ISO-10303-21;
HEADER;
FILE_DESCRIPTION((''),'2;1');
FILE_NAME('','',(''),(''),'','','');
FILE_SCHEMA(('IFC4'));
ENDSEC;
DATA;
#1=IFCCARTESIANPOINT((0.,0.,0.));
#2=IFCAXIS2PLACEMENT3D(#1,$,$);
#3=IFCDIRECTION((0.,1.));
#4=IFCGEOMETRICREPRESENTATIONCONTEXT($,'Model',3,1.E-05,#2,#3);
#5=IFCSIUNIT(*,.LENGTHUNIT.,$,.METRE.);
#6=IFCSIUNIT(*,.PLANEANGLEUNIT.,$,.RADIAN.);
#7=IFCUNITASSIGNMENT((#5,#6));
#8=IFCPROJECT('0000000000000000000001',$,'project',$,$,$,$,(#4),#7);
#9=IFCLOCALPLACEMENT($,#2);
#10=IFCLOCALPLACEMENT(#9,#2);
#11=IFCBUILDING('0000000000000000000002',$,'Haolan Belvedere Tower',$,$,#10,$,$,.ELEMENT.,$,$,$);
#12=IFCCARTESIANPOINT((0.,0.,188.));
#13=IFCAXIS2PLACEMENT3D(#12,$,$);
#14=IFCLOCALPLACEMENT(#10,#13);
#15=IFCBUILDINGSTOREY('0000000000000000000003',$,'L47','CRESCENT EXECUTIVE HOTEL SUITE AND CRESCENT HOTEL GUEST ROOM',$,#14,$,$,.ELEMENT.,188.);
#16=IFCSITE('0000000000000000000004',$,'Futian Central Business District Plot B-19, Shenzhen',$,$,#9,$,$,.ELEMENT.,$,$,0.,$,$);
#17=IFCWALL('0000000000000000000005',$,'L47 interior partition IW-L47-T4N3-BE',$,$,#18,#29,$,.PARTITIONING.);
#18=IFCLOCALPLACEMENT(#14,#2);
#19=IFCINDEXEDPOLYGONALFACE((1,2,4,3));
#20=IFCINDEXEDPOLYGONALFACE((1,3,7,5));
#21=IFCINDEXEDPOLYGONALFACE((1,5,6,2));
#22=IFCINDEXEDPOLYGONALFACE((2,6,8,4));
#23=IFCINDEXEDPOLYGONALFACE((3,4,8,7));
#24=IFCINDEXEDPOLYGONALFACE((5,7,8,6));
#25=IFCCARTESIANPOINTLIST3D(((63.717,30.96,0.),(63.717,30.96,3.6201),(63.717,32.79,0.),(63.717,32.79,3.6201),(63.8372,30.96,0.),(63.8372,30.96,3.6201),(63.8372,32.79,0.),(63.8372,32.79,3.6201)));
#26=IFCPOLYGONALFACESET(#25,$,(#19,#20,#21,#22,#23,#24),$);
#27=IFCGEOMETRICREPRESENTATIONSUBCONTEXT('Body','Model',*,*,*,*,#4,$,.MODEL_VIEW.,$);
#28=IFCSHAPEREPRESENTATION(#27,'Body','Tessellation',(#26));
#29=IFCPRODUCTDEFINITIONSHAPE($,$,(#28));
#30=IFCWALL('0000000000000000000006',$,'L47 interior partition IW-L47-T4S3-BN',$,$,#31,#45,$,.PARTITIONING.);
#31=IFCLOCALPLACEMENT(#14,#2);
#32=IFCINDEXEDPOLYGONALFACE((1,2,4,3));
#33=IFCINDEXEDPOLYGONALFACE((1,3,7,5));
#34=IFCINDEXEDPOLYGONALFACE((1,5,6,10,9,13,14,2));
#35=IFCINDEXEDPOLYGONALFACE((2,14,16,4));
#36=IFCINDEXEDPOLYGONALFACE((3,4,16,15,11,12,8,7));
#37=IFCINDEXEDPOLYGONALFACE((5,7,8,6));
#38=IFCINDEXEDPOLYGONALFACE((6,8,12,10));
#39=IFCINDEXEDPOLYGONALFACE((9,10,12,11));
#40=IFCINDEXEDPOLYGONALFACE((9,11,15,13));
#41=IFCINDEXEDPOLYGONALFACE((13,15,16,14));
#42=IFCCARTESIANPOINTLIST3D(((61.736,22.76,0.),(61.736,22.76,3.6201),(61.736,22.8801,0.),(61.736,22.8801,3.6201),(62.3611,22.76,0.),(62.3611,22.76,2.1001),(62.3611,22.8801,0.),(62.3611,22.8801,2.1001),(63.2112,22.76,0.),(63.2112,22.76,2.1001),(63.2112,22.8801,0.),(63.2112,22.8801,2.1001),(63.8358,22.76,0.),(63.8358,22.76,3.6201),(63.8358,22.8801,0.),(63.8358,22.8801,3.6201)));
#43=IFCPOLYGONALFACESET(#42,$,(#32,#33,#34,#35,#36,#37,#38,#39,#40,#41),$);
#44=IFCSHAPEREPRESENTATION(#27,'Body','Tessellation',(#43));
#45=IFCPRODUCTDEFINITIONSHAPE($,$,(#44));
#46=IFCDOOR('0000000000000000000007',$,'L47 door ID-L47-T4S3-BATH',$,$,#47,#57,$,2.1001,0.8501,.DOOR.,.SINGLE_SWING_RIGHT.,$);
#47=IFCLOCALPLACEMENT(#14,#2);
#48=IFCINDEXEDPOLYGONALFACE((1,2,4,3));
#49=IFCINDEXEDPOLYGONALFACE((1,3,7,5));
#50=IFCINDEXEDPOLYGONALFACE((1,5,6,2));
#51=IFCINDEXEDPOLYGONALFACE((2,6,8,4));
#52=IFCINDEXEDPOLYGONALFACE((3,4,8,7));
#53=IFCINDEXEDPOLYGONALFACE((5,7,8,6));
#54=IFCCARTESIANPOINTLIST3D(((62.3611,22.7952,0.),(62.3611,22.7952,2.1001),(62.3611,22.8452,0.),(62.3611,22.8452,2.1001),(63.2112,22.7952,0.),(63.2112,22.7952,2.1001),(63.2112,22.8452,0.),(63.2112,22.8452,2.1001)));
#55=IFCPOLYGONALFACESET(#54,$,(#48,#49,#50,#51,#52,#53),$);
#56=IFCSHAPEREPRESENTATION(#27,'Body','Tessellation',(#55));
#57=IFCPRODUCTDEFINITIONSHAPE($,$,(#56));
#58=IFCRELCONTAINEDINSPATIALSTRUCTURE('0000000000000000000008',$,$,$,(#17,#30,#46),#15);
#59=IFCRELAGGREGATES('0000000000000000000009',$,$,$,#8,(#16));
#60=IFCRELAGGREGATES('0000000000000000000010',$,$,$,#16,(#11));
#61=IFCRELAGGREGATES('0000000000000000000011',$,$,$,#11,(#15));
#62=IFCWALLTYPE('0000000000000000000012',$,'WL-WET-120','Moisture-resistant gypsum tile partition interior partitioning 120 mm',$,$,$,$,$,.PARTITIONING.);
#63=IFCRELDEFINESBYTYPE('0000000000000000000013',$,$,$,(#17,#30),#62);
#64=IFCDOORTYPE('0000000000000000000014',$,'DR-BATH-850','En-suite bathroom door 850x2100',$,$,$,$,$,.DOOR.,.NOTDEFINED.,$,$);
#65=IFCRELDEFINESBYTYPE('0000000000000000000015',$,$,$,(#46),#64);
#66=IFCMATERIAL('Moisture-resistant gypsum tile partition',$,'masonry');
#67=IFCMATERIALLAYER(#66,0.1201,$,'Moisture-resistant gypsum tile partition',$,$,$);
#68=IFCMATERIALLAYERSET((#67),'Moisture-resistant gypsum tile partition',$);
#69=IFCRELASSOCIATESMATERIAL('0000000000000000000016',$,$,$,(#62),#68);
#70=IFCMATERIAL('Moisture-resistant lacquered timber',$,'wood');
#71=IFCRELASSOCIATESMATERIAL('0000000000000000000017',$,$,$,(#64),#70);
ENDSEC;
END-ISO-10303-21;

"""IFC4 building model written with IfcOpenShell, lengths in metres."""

from ifc_helpers import new_model, si_unit, direction, frame, frame_2d, origin, place, context, subcontext, project, spatial, rectangle, extrude, material, layer, layer_set, type_object, element, fill, save


model = new_model("IFC4")

# Units and contexts
model_context = context("Model", 3, precision=1e-05, world=origin(), true_north=direction((0.0, 1.0)))
body_context = subcontext(model_context, "Body", "Model", "MODEL_VIEW")
ifc_project = project(units=[si_unit("LENGTHUNIT", "METRE"), si_unit("PLANEANGLEUNIT", "RADIAN")], contexts=[model_context])

# Site, building, storey
site_placement = place(None, origin())
site = spatial("IfcSite", under=ifc_project, at=site_placement, Name="Futian Central Business District Plot B-19, Shenzhen", CompositionType="ELEMENT", RefElevation=0.0)
building_placement = place(site_placement, origin())
building = spatial("IfcBuilding", under=site, at=building_placement, Name="Haolan Belvedere Tower", CompositionType="ELEMENT")
storey_placement = place(building_placement, frame((0.0, 0.0, 188.0)))
storey = spatial("IfcBuildingStorey", under=building, at=storey_placement, Name="L47", Description="CRESCENT EXECUTIVE HOTEL SUITE AND CRESCENT HOTEL GUEST ROOM", CompositionType="ELEMENT", Elevation=188.0)

# Shared definitions
ifc_material_1 = material(Name="Moisture-resistant gypsum tile partition", Category="masonry")
ifc_layer_1 = layer(ifc_material_1, 0.1201, Name="Moisture-resistant gypsum tile partition")
ifc_layer_set_1 = layer_set([ifc_layer_1], Name="Moisture-resistant gypsum tile partition")
wall_type_1 = type_object("IfcWallType", Name="WL-WET-120", Description="Moisture-resistant gypsum tile partition interior partitioning 120 mm", PredefinedType="PARTITIONING", material=ifc_layer_set_1)

# Shared definitions
ifc_material_2 = material(Name="Moisture-resistant lacquered timber", Category="wood")
door_type_1 = type_object("IfcDoorType", Name="DR-BATH-850", Description="En-suite bathroom door 850x2100", OperationType="NOTDEFINED", PredefinedType="DOOR", material=ifc_material_2)

# Wall
for number, where, z_axis, x_axis, name in (
    (1, (63.7771, 30.96, 0.0), (0.0, 0.0, 1.0), (0.0, 1.0, 0.0), "L47 interior partition IW-L47-T4N3-BE"),
):
    element("IfcWall", number, at=place(storey_placement, frame(where, z_axis=z_axis, x_axis=x_axis)), inside=storey, type_object=wall_type_1, Name=name, PredefinedType="PARTITIONING", context=body_context, shape_type="SweptSolid", body=[
        extrude(rectangle(XDim=1.8301, YDim=0.1201, at=frame_2d((0.915, 0.0))), origin(), (0.0, 0.0, 1.0), 3.6201),
    ])

# Wall, opening, door
wall_1_placement = place(storey_placement, frame((61.7361, 22.8201, 0.0), z_axis=(0.0, 0.0, 1.0), x_axis=(1.0, 0.0, 0.0)))
wall_1 = element("IfcWall", 2, at=wall_1_placement, inside=storey, type_object=wall_type_1, Name="L47 interior partition IW-L47-T4S3-BN", PredefinedType="PARTITIONING", context=body_context, shape_type="SweptSolid", body=[
    extrude(rectangle(XDim=2.0999, YDim=0.1201, at=frame_2d((1.0498, 0.0))), origin(), (0.0, 0.0, 1.0), 3.6201),
])
opening_1_placement = place(wall_1_placement, frame((1.4751, 0.0, 0.0), z_axis=(0.0, 0.0, 1.0), x_axis=(-1.0, 0.0, 0.0)))
opening_1 = element("IfcOpeningElement", 3, at=opening_1_placement, cuts=wall_1, PredefinedType="OPENING", context=body_context, shape_type="SweptSolid", body=[
    extrude(rectangle(XDim=0.8501, YDim=2.1001, at=frame_2d((0.425, 1.05))), frame((0.0, 0.0701, 0.0), z_axis=(0.0, -1.0, 0.0), x_axis=(1.0, 0.0, 0.0)), (0.0, 0.0, 1.0), 0.1401),
])
door_1_placement = place(opening_1_placement, origin())
door_1 = element("IfcDoor", 4, at=door_1_placement, inside=storey, type_object=door_type_1, Name="L47 door ID-L47-T4S3-BATH", OperationType="SINGLE_SWING_RIGHT", OverallHeight=2.1001, OverallWidth=0.8501, PredefinedType="DOOR", context=body_context, shape_type="SweptSolid", body=[
    extrude(rectangle(XDim=0.8501, YDim=2.1001, at=frame_2d((0.425, 1.05))), frame((0.0, 0.0249, 0.0), z_axis=(0.0, -1.0, 0.0), x_axis=(1.0, 0.0, 0.0)), (0.0, 0.0, 1.0), 0.05),
])
fill(opening_1, door_1)

save(model, "model.ifc")
